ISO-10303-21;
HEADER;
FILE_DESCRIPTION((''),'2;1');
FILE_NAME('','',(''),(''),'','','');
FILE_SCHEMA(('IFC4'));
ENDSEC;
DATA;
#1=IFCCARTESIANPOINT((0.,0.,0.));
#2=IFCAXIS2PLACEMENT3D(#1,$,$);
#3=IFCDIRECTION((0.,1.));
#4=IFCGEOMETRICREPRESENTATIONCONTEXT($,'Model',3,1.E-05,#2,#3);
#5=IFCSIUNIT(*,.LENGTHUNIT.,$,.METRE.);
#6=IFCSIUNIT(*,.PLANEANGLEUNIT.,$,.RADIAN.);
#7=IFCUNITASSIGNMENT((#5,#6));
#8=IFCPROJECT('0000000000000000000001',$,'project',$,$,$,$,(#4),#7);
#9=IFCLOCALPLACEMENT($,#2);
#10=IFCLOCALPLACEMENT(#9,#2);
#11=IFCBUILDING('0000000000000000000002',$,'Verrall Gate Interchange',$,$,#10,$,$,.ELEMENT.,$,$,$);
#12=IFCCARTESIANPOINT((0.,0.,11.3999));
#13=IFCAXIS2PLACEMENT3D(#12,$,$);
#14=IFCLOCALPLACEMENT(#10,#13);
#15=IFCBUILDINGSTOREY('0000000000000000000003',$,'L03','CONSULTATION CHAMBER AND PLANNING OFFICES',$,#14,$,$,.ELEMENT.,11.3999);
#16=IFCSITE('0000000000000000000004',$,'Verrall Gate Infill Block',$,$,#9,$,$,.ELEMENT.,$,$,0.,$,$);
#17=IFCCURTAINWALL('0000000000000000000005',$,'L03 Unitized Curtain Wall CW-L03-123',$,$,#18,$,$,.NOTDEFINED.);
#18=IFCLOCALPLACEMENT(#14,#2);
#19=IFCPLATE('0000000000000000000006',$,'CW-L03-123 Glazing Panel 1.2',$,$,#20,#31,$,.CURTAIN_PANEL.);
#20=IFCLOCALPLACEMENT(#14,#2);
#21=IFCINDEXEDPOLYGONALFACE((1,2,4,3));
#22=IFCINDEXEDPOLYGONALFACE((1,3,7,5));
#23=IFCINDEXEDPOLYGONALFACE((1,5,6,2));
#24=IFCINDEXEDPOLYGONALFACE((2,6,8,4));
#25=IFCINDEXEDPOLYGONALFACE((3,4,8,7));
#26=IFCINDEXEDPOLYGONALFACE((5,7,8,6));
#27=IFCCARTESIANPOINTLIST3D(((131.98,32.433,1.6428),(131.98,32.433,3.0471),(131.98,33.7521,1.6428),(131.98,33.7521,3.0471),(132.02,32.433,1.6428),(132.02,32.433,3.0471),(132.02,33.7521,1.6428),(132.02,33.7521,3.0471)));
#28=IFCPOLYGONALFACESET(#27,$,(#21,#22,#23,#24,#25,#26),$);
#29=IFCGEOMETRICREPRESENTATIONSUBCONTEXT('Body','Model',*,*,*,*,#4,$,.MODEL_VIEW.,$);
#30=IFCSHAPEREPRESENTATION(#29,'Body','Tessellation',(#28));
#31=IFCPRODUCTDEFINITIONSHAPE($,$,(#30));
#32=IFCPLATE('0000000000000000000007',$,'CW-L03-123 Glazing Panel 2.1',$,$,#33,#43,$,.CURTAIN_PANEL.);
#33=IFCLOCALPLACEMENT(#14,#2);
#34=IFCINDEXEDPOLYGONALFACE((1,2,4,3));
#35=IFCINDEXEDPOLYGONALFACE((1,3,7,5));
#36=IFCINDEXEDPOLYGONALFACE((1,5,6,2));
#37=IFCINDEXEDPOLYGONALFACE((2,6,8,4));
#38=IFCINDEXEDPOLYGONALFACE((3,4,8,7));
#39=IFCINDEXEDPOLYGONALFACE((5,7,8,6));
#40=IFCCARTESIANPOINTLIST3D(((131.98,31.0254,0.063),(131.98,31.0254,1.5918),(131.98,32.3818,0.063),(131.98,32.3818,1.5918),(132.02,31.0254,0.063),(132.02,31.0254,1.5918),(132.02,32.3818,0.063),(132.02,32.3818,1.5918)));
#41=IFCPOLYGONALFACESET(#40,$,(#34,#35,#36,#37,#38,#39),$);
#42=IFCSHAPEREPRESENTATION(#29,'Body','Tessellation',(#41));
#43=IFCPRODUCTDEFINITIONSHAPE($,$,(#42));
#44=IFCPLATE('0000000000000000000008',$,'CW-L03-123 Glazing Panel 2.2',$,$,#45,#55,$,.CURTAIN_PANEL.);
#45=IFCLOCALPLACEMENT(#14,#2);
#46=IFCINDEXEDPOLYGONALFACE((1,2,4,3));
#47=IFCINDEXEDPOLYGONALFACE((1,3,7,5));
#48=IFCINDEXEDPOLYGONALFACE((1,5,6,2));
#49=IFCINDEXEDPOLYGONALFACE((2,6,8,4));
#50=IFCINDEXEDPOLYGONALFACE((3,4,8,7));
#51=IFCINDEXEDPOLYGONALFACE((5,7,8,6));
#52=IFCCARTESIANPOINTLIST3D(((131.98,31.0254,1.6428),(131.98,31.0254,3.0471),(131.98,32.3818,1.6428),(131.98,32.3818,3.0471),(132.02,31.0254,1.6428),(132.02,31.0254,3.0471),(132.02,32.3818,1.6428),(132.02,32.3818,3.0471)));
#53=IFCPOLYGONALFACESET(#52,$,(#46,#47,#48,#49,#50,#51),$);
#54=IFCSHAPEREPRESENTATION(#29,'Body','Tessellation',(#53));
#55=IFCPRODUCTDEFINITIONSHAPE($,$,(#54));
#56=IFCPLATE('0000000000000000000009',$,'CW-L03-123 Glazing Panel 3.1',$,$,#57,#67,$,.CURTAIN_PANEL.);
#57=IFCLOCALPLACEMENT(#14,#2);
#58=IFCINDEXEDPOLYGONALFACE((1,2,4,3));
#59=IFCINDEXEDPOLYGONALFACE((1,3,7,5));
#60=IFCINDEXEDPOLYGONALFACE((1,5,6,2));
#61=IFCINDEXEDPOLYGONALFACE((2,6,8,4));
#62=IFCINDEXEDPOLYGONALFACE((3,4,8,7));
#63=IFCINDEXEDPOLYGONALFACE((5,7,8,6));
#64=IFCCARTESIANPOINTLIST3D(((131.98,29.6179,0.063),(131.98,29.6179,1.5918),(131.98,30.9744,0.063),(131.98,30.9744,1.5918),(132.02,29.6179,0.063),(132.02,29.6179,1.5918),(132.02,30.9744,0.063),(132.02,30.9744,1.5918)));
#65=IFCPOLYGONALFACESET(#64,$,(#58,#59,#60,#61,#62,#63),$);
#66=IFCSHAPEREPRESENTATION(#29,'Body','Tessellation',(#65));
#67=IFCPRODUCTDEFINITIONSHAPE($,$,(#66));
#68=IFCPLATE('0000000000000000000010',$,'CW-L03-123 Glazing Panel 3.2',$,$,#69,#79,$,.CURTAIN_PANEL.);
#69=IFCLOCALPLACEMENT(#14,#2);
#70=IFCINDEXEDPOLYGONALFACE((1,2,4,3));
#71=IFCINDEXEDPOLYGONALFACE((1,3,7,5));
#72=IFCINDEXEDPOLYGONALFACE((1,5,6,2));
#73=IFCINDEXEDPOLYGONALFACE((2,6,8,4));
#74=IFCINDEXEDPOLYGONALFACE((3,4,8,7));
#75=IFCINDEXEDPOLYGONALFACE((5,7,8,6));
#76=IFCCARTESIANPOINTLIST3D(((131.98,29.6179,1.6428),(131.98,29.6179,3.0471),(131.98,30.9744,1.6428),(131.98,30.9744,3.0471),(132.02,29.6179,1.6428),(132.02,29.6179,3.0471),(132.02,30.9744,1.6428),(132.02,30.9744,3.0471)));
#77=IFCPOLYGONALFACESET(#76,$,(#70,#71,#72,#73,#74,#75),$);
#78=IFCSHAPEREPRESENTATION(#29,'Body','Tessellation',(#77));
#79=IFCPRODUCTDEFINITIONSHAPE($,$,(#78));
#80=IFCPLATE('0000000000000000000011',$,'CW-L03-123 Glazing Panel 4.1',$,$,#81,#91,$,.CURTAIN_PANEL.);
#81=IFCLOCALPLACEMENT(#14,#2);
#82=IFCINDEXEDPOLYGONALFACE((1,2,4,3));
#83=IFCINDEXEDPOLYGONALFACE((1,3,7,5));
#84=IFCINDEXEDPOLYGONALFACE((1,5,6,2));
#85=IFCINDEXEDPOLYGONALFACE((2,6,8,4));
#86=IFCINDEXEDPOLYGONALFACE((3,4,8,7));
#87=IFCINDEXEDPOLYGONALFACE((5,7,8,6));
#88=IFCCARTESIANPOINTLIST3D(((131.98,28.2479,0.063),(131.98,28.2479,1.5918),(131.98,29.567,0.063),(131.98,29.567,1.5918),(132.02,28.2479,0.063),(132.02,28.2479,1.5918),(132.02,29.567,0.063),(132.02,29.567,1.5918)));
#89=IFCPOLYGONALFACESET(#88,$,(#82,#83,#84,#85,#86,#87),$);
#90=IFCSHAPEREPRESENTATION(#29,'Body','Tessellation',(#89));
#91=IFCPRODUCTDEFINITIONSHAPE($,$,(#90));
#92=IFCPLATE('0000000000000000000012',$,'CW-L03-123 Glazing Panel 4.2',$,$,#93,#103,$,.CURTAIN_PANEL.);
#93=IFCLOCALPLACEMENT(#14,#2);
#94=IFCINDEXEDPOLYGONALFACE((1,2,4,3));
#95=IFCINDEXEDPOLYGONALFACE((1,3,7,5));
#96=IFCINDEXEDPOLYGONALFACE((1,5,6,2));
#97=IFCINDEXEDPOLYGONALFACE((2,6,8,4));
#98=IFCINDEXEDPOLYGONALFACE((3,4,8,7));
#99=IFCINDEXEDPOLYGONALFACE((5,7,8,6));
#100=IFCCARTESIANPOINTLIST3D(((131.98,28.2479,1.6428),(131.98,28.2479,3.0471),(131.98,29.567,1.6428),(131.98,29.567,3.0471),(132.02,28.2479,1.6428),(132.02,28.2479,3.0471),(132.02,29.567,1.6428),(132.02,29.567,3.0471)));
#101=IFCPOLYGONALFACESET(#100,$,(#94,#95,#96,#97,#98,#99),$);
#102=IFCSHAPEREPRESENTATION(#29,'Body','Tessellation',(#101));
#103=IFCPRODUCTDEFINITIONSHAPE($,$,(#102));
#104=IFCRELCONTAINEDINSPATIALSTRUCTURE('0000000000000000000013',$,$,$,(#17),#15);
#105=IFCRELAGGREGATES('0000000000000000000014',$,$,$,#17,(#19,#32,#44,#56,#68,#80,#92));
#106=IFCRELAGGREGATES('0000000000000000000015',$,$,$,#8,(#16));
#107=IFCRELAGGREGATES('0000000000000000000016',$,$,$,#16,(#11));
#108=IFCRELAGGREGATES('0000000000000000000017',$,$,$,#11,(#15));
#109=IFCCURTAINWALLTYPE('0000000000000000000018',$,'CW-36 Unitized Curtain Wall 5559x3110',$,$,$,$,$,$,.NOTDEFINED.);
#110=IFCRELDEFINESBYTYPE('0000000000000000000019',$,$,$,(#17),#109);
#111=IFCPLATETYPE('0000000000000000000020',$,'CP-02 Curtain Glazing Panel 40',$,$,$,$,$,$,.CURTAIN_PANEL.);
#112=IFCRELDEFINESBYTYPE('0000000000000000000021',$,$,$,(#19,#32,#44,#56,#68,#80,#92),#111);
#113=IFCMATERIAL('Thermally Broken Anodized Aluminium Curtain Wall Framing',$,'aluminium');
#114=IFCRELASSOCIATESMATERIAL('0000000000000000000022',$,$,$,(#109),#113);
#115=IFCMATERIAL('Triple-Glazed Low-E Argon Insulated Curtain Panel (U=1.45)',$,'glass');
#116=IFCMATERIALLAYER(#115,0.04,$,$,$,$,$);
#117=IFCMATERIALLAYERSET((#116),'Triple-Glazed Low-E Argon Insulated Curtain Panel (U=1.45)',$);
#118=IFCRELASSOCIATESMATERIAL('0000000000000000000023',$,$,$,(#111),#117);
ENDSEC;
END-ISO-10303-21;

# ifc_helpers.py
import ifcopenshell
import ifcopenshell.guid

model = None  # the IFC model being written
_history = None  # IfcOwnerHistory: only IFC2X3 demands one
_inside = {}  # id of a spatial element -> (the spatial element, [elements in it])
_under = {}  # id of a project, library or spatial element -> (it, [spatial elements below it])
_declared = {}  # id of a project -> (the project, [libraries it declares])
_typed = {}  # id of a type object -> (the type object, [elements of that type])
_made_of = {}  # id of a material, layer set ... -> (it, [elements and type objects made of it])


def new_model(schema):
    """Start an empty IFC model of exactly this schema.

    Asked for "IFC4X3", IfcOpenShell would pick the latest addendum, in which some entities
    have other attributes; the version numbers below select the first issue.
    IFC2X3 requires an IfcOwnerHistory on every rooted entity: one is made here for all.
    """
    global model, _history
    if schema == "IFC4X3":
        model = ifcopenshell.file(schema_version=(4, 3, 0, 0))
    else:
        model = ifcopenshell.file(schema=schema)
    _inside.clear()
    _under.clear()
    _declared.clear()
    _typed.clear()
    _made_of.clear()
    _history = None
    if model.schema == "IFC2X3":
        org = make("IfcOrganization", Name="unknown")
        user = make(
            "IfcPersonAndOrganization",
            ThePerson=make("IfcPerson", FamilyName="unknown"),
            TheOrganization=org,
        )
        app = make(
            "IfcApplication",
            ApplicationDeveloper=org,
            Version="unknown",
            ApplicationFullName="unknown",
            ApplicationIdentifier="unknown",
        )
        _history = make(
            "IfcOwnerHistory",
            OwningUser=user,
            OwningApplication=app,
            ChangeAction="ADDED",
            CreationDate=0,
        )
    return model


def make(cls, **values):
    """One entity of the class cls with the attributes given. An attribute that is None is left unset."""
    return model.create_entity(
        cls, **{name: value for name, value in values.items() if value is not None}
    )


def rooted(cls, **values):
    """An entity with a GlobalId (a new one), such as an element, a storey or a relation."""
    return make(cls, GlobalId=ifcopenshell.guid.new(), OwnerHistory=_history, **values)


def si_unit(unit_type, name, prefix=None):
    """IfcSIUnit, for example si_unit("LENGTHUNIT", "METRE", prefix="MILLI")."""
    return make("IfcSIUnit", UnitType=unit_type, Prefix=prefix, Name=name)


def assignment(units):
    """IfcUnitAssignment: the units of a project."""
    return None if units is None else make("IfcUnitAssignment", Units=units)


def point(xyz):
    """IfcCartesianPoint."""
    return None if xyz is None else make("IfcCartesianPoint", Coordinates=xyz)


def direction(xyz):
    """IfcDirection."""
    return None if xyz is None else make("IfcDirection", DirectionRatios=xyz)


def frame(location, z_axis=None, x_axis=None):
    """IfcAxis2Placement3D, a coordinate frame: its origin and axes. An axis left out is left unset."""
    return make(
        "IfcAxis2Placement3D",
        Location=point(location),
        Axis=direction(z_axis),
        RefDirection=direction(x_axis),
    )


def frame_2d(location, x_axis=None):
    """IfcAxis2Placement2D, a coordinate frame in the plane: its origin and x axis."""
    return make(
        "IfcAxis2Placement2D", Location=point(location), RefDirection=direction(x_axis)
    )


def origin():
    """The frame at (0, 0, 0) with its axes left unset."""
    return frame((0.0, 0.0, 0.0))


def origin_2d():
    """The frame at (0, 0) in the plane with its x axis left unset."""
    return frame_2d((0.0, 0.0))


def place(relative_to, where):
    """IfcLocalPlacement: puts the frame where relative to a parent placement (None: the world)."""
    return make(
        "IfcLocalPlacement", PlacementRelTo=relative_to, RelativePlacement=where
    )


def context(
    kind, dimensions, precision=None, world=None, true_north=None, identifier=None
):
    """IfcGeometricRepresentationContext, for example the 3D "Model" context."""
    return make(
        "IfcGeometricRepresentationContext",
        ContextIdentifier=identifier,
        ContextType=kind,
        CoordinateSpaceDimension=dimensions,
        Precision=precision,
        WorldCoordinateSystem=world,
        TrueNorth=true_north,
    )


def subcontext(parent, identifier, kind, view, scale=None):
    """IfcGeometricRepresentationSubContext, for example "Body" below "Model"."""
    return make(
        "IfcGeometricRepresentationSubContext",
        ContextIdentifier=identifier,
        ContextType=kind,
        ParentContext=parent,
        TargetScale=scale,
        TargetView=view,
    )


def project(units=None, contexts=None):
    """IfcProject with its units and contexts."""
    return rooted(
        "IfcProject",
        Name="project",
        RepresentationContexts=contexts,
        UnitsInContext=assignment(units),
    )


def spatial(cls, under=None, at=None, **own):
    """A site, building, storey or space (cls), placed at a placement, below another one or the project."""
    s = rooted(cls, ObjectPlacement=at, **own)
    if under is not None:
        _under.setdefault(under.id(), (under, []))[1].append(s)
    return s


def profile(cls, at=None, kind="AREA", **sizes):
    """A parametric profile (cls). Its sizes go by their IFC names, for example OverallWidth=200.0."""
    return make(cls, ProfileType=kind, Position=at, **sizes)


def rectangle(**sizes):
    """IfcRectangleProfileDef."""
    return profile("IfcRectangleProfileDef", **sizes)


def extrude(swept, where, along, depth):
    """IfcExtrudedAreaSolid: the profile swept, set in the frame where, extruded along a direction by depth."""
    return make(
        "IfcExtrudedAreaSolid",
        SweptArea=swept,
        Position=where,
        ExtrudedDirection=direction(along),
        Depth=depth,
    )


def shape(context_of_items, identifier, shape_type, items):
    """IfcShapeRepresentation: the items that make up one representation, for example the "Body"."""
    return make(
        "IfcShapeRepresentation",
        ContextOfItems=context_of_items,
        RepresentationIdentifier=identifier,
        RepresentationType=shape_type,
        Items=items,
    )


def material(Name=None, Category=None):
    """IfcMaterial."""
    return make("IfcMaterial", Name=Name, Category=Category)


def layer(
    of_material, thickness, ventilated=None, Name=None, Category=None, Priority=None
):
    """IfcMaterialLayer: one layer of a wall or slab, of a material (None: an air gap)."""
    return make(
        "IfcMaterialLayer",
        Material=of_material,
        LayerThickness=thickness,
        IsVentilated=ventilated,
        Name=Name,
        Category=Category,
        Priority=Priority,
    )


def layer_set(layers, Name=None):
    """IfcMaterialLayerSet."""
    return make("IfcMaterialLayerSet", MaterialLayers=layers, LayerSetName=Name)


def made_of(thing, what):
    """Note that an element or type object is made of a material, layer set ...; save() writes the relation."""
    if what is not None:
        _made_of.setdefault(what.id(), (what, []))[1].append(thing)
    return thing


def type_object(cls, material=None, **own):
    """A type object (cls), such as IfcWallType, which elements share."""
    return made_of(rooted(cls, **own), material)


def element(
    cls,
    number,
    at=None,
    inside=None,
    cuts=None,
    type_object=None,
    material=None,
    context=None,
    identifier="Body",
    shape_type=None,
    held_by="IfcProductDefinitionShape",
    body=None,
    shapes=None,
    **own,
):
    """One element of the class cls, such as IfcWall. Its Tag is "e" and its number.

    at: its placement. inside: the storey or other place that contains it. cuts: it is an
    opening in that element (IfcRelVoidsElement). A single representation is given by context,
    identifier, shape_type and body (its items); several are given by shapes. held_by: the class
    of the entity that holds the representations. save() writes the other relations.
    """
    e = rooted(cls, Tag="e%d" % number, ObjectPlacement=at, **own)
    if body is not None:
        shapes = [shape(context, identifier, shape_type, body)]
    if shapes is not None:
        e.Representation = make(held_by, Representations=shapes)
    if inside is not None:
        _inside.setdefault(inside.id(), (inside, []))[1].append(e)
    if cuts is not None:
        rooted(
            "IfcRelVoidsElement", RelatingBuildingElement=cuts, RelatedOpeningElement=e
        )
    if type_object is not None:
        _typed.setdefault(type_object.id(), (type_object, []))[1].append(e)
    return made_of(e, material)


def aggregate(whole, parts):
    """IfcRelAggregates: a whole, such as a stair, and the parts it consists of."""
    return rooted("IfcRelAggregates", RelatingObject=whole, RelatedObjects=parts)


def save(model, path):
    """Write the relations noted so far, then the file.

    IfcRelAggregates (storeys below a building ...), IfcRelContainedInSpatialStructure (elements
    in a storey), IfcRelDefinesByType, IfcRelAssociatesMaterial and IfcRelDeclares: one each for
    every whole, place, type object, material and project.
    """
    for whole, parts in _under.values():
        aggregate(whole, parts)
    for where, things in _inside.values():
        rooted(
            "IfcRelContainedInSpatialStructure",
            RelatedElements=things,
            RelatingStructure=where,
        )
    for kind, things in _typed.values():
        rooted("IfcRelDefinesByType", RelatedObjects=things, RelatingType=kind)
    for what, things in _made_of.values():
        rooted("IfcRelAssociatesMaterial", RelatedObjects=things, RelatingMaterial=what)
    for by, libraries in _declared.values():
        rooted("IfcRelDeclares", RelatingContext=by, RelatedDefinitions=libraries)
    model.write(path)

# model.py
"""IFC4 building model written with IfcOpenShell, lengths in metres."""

from ifc_helpers import new_model, si_unit, direction, frame, origin, origin_2d, place, context, subcontext, project, spatial, rectangle, extrude, material, layer, layer_set, type_object, element, aggregate, save


model = new_model("IFC4")

# Units and contexts
model_context = context("Model", 3, precision=1e-05, world=origin(), true_north=direction((0.0, 1.0)))
body_context = subcontext(model_context, "Body", "Model", "MODEL_VIEW")
ifc_project = project(units=[si_unit("LENGTHUNIT", "METRE"), si_unit("PLANEANGLEUNIT", "RADIAN")], contexts=[model_context])

# Site, building, storey
site_placement = place(None, origin())
site = spatial("IfcSite", under=ifc_project, at=site_placement, Name="Verrall Gate Infill Block", CompositionType="ELEMENT", RefElevation=0.0)
building_placement = place(site_placement, origin())
building = spatial("IfcBuilding", under=site, at=building_placement, Name="Verrall Gate Interchange", CompositionType="ELEMENT")
storey_placement = place(building_placement, frame((0.0, 0.0, 11.3999)))
storey = spatial("IfcBuildingStorey", under=building, at=storey_placement, Name="L03", Description="CONSULTATION CHAMBER AND PLANNING OFFICES", CompositionType="ELEMENT", Elevation=11.3999)

# Shared definitions
ifc_material_1 = material(Name="Thermally Broken Anodized Aluminium Curtain Wall Framing", Category="aluminium")
curtain_wall_type = type_object("IfcCurtainWallType", Name="CW-36 Unitized Curtain Wall 5559x3110", PredefinedType="NOTDEFINED", material=ifc_material_1)

# Curtain wall
curtain_wall_1_placement = place(storey_placement, origin())
curtain_wall_1 = element("IfcCurtainWall", 1, at=curtain_wall_1_placement, inside=storey, type_object=curtain_wall_type, Name="L03 Unitized Curtain Wall CW-L03-123", PredefinedType="NOTDEFINED")

# Plates
ifc_material_2 = material(Name="Triple-Glazed Low-E Argon Insulated Curtain Panel (U=1.45)", Category="glass")
ifc_layer_1 = layer(ifc_material_2, 0.04)
ifc_layer_set_1 = layer_set([ifc_layer_1], Name="Triple-Glazed Low-E Argon Insulated Curtain Panel (U=1.45)")
plate_type_1 = type_object("IfcPlateType", Name="CP-02 Curtain Glazing Panel 40", PredefinedType="CURTAIN_PANEL", material=ifc_layer_set_1)
plate_1_placement = place(storey_placement, frame((132.0, 33.0925, 1.6428), z_axis=(0.0, 0.0, 1.0), x_axis=(0.0, -1.0, 0.0)))
plate_1 = element("IfcPlate", 2, at=plate_1_placement, type_object=plate_type_1, Name="CW-L03-123 Glazing Panel 1.2", PredefinedType="CURTAIN_PANEL", context=body_context, shape_type="SweptSolid", body=[
    extrude(rectangle(XDim=1.3191, YDim=0.04, at=origin_2d()), origin(), (0.0, 0.0, 1.0), 1.4043),
])
plate_2_placement = place(storey_placement, frame((132.0, 31.7036, 0.063), z_axis=(0.0, 0.0, 1.0), x_axis=(0.0, -1.0, 0.0)))
plate_2 = element("IfcPlate", 3, at=plate_2_placement, type_object=plate_type_1, Name="CW-L03-123 Glazing Panel 2.1", PredefinedType="CURTAIN_PANEL", context=body_context, shape_type="SweptSolid", body=[
    extrude(rectangle(XDim=1.3564, YDim=0.04, at=origin_2d()), origin(), (0.0, 0.0, 1.0), 1.5288),
])
plate_3_placement = place(storey_placement, frame((132.0, 31.7036, 1.6428), z_axis=(0.0, 0.0, 1.0), x_axis=(0.0, -1.0, 0.0)))
plate_3 = element("IfcPlate", 4, at=plate_3_placement, type_object=plate_type_1, Name="CW-L03-123 Glazing Panel 2.2", PredefinedType="CURTAIN_PANEL", context=body_context, shape_type="SweptSolid", body=[
    extrude(rectangle(XDim=1.3564, YDim=0.04, at=origin_2d()), origin(), (0.0, 0.0, 1.0), 1.4043),
])
plate_4_placement = place(storey_placement, frame((132.0, 30.2961, 0.063), z_axis=(0.0, 0.0, 1.0), x_axis=(0.0, -1.0, 0.0)))
plate_4 = element("IfcPlate", 5, at=plate_4_placement, type_object=plate_type_1, Name="CW-L03-123 Glazing Panel 3.1", PredefinedType="CURTAIN_PANEL", context=body_context, shape_type="SweptSolid", body=[
    extrude(rectangle(XDim=1.3564, YDim=0.04, at=origin_2d()), origin(), (0.0, 0.0, 1.0), 1.5288),
])
plate_5_placement = place(storey_placement, frame((132.0, 30.2961, 1.6428), z_axis=(0.0, 0.0, 1.0), x_axis=(0.0, -1.0, 0.0)))
plate_5 = element("IfcPlate", 6, at=plate_5_placement, type_object=plate_type_1, Name="CW-L03-123 Glazing Panel 3.2", PredefinedType="CURTAIN_PANEL", context=body_context, shape_type="SweptSolid", body=[
    extrude(rectangle(XDim=1.3564, YDim=0.04, at=origin_2d()), origin(), (0.0, 0.0, 1.0), 1.4043),
])
plate_6_placement = place(storey_placement, frame((132.0, 28.9075, 0.063), z_axis=(0.0, 0.0, 1.0), x_axis=(0.0, -1.0, 0.0)))
plate_6 = element("IfcPlate", 7, at=plate_6_placement, type_object=plate_type_1, Name="CW-L03-123 Glazing Panel 4.1", PredefinedType="CURTAIN_PANEL", context=body_context, shape_type="SweptSolid", body=[
    extrude(rectangle(XDim=1.3191, YDim=0.04, at=origin_2d()), origin(), (0.0, 0.0, 1.0), 1.5288),
])
plate_7_placement = place(storey_placement, frame((132.0, 28.9075, 1.6428), z_axis=(0.0, 0.0, 1.0), x_axis=(0.0, -1.0, 0.0)))
plate_7 = element("IfcPlate", 8, at=plate_7_placement, type_object=plate_type_1, Name="CW-L03-123 Glazing Panel 4.2", PredefinedType="CURTAIN_PANEL", context=body_context, shape_type="SweptSolid", body=[
    extrude(rectangle(XDim=1.3191, YDim=0.04, at=origin_2d()), origin(), (0.0, 0.0, 1.0), 1.4043),
])
aggregate(curtain_wall_1, [plate_1, plate_2, plate_3, plate_4, plate_5, plate_6, plate_7])

save(model, "model.ifc")
